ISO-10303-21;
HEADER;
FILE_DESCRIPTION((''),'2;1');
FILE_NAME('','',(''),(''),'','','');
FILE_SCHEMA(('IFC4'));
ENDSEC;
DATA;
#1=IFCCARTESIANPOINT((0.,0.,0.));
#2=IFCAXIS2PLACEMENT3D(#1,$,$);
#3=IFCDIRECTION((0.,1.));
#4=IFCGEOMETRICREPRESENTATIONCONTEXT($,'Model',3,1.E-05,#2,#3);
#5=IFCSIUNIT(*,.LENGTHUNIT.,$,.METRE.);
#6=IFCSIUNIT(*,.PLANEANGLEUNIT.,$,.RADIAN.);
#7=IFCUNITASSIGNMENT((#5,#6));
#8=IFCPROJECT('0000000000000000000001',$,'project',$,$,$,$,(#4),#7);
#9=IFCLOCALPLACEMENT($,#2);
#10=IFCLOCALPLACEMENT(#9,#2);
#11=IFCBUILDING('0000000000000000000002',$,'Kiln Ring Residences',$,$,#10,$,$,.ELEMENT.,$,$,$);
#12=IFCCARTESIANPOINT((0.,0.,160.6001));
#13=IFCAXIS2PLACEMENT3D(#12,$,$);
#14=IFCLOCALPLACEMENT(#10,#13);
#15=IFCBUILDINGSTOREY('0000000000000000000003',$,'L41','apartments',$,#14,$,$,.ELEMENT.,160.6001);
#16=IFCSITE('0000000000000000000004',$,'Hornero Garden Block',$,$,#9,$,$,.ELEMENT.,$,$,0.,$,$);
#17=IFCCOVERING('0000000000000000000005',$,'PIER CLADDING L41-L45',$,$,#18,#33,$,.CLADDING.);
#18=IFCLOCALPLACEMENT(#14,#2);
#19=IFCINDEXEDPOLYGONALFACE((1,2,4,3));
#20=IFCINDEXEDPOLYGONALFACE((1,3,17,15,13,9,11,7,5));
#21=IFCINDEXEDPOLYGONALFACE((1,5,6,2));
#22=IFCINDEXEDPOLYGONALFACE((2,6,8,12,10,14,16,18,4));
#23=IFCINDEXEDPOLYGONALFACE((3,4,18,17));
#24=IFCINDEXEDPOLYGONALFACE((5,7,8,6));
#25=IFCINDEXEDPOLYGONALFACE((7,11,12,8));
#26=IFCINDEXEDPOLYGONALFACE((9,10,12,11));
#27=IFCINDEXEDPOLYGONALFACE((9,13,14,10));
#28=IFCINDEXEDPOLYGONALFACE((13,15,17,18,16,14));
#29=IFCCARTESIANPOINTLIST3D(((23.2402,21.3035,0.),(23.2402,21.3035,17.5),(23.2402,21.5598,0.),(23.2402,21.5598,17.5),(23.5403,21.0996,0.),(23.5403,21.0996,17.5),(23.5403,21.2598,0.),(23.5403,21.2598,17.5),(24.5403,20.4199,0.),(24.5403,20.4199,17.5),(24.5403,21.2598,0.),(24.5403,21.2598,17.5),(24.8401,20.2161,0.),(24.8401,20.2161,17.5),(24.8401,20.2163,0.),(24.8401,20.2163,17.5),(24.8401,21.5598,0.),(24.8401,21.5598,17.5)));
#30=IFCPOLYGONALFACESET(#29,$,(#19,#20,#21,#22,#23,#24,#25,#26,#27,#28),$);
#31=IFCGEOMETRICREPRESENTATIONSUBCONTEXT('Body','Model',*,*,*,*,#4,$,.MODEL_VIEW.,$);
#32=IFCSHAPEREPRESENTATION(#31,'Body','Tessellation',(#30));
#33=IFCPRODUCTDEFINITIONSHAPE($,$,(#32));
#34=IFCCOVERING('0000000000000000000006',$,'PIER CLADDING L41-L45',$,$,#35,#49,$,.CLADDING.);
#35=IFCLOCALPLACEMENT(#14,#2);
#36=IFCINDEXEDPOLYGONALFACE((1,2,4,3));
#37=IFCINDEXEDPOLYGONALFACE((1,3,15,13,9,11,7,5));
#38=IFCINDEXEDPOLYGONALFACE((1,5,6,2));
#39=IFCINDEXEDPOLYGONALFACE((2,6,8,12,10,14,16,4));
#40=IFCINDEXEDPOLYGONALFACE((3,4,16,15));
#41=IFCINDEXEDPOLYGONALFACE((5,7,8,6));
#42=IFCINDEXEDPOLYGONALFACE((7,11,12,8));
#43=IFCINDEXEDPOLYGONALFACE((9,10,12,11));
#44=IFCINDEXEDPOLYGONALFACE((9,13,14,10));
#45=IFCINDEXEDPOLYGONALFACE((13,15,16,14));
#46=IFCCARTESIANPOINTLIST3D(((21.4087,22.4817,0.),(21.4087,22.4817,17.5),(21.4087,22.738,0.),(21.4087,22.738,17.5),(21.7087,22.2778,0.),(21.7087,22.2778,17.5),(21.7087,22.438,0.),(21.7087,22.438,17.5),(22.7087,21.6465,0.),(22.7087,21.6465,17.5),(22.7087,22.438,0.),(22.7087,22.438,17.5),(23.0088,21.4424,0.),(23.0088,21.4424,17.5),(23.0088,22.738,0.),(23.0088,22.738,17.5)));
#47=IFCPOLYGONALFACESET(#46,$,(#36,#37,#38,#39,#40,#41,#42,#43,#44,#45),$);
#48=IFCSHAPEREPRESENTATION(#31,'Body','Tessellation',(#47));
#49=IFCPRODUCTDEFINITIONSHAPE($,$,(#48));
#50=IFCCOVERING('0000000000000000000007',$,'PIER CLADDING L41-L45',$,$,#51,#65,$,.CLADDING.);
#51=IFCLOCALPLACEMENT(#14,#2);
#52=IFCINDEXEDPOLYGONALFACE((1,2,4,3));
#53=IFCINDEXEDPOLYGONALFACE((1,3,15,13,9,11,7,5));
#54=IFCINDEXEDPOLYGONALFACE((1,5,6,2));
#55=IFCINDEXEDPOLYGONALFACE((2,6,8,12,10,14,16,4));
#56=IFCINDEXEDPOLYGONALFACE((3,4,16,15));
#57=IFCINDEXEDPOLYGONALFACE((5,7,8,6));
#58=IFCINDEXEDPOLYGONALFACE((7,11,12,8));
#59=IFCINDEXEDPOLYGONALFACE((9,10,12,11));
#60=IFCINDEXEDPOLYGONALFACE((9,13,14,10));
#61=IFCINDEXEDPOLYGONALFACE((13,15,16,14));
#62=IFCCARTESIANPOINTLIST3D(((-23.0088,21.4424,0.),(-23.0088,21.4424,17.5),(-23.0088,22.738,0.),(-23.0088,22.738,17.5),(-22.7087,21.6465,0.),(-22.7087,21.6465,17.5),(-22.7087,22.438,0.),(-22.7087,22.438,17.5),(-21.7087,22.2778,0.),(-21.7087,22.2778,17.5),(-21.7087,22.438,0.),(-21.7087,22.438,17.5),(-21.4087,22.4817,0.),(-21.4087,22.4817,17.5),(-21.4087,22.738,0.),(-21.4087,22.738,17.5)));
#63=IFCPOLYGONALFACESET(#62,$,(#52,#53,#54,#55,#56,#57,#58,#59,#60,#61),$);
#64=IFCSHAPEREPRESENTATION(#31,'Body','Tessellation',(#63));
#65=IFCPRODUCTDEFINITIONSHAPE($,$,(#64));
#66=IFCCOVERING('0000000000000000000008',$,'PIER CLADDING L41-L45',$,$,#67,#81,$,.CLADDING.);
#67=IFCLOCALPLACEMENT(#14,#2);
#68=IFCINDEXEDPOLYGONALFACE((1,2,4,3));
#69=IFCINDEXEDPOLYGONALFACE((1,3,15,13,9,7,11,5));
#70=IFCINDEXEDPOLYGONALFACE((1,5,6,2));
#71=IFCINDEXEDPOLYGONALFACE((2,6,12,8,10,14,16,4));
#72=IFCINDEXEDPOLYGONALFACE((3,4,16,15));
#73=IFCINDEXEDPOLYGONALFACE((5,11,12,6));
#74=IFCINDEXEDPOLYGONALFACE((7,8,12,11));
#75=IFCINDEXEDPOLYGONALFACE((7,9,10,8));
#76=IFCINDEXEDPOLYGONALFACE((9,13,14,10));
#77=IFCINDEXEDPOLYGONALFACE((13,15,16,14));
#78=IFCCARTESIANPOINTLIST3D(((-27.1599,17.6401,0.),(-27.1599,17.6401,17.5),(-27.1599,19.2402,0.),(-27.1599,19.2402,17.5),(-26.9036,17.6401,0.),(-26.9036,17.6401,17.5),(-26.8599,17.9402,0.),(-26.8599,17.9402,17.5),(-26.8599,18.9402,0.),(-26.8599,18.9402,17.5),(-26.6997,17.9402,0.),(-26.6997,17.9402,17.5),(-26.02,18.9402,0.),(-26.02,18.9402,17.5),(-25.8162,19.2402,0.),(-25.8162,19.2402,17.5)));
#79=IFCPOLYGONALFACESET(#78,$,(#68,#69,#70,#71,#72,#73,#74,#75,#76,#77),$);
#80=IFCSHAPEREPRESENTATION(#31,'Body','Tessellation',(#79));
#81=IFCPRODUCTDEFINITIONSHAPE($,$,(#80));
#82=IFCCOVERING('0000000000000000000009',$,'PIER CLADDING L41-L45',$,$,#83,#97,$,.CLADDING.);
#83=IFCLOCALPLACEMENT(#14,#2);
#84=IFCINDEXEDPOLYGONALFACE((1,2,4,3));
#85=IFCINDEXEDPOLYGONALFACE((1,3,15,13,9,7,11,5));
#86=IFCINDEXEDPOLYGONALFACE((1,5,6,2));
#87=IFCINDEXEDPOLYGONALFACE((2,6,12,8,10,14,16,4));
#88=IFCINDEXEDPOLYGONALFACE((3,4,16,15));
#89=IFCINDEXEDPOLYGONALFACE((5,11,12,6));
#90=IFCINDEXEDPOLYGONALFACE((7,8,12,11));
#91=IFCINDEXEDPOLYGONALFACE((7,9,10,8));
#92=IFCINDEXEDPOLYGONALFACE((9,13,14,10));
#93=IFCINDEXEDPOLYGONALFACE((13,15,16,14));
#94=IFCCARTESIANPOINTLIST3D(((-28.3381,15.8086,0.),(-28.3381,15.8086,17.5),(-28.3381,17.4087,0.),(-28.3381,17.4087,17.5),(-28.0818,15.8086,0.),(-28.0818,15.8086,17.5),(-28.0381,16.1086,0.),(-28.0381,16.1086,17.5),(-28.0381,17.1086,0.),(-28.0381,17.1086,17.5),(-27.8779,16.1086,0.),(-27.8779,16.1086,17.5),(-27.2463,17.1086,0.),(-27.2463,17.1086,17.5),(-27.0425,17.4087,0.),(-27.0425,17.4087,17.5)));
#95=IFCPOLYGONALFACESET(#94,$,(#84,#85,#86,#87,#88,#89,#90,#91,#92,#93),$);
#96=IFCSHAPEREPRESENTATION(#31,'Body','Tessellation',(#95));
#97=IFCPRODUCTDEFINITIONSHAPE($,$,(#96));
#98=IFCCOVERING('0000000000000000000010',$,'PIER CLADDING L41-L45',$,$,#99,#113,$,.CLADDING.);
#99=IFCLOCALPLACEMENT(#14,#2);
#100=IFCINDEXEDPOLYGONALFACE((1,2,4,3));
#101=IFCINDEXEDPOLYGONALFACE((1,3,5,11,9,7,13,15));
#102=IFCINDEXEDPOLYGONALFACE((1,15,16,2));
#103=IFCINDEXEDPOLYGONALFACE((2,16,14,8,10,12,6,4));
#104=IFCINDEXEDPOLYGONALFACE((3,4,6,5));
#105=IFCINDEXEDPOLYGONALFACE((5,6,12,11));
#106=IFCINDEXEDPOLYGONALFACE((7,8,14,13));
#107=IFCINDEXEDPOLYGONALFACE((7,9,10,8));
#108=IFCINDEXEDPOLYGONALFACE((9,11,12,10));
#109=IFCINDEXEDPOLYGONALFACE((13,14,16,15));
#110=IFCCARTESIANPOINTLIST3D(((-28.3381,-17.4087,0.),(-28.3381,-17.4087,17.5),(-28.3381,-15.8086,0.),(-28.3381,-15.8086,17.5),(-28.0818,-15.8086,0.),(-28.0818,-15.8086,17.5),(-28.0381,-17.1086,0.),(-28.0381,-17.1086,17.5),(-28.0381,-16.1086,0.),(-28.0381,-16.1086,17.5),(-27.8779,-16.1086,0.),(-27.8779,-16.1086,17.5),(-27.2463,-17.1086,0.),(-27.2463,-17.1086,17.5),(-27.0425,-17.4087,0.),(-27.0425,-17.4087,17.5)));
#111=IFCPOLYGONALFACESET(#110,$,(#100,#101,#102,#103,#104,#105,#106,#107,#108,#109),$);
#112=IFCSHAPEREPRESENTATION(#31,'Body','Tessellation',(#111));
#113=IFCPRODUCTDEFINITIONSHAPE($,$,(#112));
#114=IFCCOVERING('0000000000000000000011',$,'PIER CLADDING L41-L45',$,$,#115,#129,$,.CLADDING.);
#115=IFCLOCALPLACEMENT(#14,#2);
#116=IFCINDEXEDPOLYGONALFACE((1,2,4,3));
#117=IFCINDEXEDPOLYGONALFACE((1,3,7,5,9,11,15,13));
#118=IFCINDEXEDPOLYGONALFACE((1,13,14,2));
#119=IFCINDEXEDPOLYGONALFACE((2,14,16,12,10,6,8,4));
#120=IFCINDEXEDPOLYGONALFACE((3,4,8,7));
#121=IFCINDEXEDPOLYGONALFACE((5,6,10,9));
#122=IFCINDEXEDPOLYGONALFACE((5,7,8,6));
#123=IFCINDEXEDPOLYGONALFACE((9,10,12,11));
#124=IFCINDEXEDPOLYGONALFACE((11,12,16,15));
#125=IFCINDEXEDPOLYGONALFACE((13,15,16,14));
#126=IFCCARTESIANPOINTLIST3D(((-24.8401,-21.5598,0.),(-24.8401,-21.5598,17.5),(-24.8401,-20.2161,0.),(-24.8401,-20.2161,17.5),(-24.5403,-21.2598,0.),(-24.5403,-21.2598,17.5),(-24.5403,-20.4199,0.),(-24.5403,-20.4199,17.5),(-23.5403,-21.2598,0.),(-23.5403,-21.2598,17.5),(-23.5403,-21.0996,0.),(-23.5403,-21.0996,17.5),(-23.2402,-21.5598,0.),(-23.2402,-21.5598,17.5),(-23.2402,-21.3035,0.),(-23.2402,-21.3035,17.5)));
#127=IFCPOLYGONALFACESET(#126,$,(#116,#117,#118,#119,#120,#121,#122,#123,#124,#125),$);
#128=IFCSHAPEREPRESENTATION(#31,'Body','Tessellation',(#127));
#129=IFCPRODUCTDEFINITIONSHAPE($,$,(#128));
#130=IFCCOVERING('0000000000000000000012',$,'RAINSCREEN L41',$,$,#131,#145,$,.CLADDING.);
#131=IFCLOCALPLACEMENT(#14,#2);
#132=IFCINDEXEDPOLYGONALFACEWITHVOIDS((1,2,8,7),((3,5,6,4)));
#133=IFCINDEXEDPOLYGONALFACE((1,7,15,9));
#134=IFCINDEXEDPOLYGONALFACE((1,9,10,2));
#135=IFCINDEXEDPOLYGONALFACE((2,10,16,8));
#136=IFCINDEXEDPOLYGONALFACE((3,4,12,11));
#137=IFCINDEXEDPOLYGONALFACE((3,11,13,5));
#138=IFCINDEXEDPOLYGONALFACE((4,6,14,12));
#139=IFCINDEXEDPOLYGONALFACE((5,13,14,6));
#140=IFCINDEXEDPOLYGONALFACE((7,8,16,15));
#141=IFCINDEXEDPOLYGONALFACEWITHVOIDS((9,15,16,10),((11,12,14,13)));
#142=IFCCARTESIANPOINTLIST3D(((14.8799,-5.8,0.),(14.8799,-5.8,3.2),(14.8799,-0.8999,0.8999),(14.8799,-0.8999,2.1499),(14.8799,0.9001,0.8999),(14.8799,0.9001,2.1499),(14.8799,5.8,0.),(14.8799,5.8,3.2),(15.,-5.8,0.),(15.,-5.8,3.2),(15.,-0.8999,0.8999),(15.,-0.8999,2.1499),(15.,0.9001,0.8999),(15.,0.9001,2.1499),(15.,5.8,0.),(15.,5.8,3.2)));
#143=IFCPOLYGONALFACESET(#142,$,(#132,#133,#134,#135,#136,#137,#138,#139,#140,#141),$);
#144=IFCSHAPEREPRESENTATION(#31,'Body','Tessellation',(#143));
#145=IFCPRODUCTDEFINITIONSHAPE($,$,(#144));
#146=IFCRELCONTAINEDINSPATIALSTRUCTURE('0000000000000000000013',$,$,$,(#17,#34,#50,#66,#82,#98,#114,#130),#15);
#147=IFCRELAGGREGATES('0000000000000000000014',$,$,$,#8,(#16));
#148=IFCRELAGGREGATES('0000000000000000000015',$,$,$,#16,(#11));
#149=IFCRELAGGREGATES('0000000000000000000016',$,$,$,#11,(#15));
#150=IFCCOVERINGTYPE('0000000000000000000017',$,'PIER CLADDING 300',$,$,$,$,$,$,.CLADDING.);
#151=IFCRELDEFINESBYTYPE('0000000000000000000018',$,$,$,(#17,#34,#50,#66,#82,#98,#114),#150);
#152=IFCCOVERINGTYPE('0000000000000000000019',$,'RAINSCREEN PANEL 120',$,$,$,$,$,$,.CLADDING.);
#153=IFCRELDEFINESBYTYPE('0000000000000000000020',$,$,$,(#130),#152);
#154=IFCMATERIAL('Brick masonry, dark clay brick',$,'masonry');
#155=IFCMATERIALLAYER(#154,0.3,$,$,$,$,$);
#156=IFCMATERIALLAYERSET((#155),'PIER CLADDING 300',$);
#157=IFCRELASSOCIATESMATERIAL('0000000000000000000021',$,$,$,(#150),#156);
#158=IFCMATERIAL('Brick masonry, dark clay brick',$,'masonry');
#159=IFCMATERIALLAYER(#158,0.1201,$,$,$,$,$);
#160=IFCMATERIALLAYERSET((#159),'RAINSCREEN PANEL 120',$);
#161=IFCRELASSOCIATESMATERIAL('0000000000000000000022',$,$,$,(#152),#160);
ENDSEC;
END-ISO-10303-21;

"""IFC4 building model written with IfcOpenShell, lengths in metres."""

from ifc_helpers import new_model, si_unit, direction, frame, origin, place, context, subcontext, project, spatial, polyline, outline, extrude, material, layer, layer_set, type_object, element, save


model = new_model("IFC4")

# Units and contexts
model_context = context("Model", 3, precision=1e-05, world=origin(), true_north=direction((0.0, 1.0)))
body_context = subcontext(model_context, "Body", "Model", "MODEL_VIEW")
ifc_project = project(units=[si_unit("LENGTHUNIT", "METRE"), si_unit("PLANEANGLEUNIT", "RADIAN")], contexts=[model_context])

# Site, building, storey
site_placement = place(None, origin())
site = spatial("IfcSite", under=ifc_project, at=site_placement, Name="Hornero Garden Block", CompositionType="ELEMENT", RefElevation=0.0)
building_placement = place(site_placement, origin())
building = spatial("IfcBuilding", under=site, at=building_placement, Name="Kiln Ring Residences", CompositionType="ELEMENT")
storey_placement = place(building_placement, frame((0.0, 0.0, 160.6001)))
storey = spatial("IfcBuildingStorey", under=building, at=storey_placement, Name="L41", Description="apartments", CompositionType="ELEMENT", Elevation=160.6001)

# Coverings
ifc_material_1 = material(Name="Brick masonry, dark clay brick", Category="masonry")
ifc_layer_1 = layer(ifc_material_1, 0.3)
ifc_layer_set_1 = layer_set([ifc_layer_1], Name="PIER CLADDING 300")
covering_type_1 = type_object("IfcCoveringType", Name="PIER CLADDING 300", PredefinedType="CLADDING", material=ifc_layer_set_1)
placement = place(storey_placement, origin())
element("IfcCovering", 1, at=placement, inside=storey, type_object=covering_type_1, Name="PIER CLADDING L41-L45", PredefinedType="CLADDING", context=body_context, shape_type="SweptSolid", body=[
    extrude(outline(polyline([(24.8401, 21.5598), (23.2402, 21.5598), (23.2402, 21.3035), (23.5403, 21.0996), (23.5403, 21.2598), (24.5403, 21.2598), (24.5403, 20.4199), (24.8401, 20.2161), (24.8401, 20.2163), (24.8401, 21.5598)])), origin(), (0.0, 0.0, 1.0), 17.5),
])
element("IfcCovering", 2, at=placement, inside=storey, type_object=covering_type_1, Name="PIER CLADDING L41-L45", PredefinedType="CLADDING", context=body_context, shape_type="SweptSolid", body=[
    extrude(outline(polyline([(23.0088, 22.738), (21.4087, 22.738), (21.4087, 22.4817), (21.7087, 22.2778), (21.7087, 22.438), (22.7087, 22.438), (22.7087, 21.6465), (23.0088, 21.4424), (23.0088, 22.738)])), origin(), (0.0, 0.0, 1.0), 17.5),
])
element("IfcCovering", 3, at=placement, inside=storey, type_object=covering_type_1, Name="PIER CLADDING L41-L45", PredefinedType="CLADDING", context=body_context, shape_type="SweptSolid", body=[
    extrude(outline(polyline([(-21.4087, 22.738), (-23.0088, 22.738), (-23.0088, 21.4424), (-22.7087, 21.6465), (-22.7087, 22.438), (-21.7087, 22.438), (-21.7087, 22.2778), (-21.4087, 22.4817), (-21.4087, 22.738)])), origin(), (0.0, 0.0, 1.0), 17.5),
])
element("IfcCovering", 4, at=placement, inside=storey, type_object=covering_type_1, Name="PIER CLADDING L41-L45", PredefinedType="CLADDING", context=body_context, shape_type="SweptSolid", body=[
    extrude(outline(polyline([(-25.8162, 19.2402), (-27.1599, 19.2402), (-27.1599, 17.6401), (-26.9036, 17.6401), (-26.6997, 17.9402), (-26.8599, 17.9402), (-26.8599, 18.9402), (-26.02, 18.9402), (-25.8162, 19.2402), (-25.8162, 19.2402)])), origin(), (0.0, 0.0, 1.0), 17.5),
])
element("IfcCovering", 5, at=placement, inside=storey, type_object=covering_type_1, Name="PIER CLADDING L41-L45", PredefinedType="CLADDING", context=body_context, shape_type="SweptSolid", body=[
    extrude(outline(polyline([(-27.0425, 17.4087), (-28.3381, 17.4087), (-28.3381, 15.8086), (-28.0818, 15.8086), (-27.8779, 16.1086), (-28.0381, 16.1086), (-28.0381, 17.1086), (-27.2463, 17.1086), (-27.0425, 17.4087)])), origin(), (0.0, 0.0, 1.0), 17.5),
])
element("IfcCovering", 6, at=placement, inside=storey, type_object=covering_type_1, Name="PIER CLADDING L41-L45", PredefinedType="CLADDING", context=body_context, shape_type="SweptSolid", body=[
    extrude(outline(polyline([(-28.0818, -15.8086), (-28.3381, -15.8086), (-28.3381, -17.4087), (-27.0425, -17.4087), (-27.2463, -17.1086), (-28.0381, -17.1086), (-28.0381, -16.1086), (-27.8779, -16.1086), (-28.0818, -15.8086)])), origin(), (0.0, 0.0, 1.0), 17.5),
])
element("IfcCovering", 7, at=placement, inside=storey, type_object=covering_type_1, Name="PIER CLADDING L41-L45", PredefinedType="CLADDING", context=body_context, shape_type="SweptSolid", body=[
    extrude(outline(polyline([(-24.5403, -20.4199), (-24.8401, -20.2161), (-24.8401, -21.5598), (-23.2402, -21.5598), (-23.2402, -21.3035), (-23.5403, -21.0996), (-23.5403, -21.2598), (-24.5403, -21.2598), (-24.5403, -20.4199)])), origin(), (0.0, 0.0, 1.0), 17.5),
])
ifc_material_2 = material(Name="Brick masonry, dark clay brick", Category="masonry")
ifc_layer_2 = layer(ifc_material_2, 0.1201)
ifc_layer_set_2 = layer_set([ifc_layer_2], Name="RAINSCREEN PANEL 120")
covering_type_2 = type_object("IfcCoveringType", Name="RAINSCREEN PANEL 120", PredefinedType="CLADDING", material=ifc_layer_set_2)
covering_1_placement = place(storey_placement, frame((14.9399, 5.8, 0.0), z_axis=(0.0, 0.0, 1.0), x_axis=(0.0, -1.0, 0.0)))
element("IfcCovering", 8, at=covering_1_placement, inside=storey, type_object=covering_type_2, Name="RAINSCREEN L41", PredefinedType="CLADDING", context=body_context, shape_type="SweptSolid", body=[
    extrude(outline(polyline([(0.0, 0.0), (11.6001, 0.0), (11.6001, 3.2), (0.0, 3.2), (0.0, 0.0)]), holes=[polyline([(4.8999, 2.1499), (4.8999, 0.8999), (6.7, 0.8999), (6.7, 2.1499), (4.8999, 2.1499)])]), frame((0.0, 0.0601, 0.0), z_axis=(0.0, -1.0, 0.0), x_axis=(1.0, 0.0, 0.0)), (0.0, 0.0, 1.0), 0.1201),
])

save(model, "model.ifc")
